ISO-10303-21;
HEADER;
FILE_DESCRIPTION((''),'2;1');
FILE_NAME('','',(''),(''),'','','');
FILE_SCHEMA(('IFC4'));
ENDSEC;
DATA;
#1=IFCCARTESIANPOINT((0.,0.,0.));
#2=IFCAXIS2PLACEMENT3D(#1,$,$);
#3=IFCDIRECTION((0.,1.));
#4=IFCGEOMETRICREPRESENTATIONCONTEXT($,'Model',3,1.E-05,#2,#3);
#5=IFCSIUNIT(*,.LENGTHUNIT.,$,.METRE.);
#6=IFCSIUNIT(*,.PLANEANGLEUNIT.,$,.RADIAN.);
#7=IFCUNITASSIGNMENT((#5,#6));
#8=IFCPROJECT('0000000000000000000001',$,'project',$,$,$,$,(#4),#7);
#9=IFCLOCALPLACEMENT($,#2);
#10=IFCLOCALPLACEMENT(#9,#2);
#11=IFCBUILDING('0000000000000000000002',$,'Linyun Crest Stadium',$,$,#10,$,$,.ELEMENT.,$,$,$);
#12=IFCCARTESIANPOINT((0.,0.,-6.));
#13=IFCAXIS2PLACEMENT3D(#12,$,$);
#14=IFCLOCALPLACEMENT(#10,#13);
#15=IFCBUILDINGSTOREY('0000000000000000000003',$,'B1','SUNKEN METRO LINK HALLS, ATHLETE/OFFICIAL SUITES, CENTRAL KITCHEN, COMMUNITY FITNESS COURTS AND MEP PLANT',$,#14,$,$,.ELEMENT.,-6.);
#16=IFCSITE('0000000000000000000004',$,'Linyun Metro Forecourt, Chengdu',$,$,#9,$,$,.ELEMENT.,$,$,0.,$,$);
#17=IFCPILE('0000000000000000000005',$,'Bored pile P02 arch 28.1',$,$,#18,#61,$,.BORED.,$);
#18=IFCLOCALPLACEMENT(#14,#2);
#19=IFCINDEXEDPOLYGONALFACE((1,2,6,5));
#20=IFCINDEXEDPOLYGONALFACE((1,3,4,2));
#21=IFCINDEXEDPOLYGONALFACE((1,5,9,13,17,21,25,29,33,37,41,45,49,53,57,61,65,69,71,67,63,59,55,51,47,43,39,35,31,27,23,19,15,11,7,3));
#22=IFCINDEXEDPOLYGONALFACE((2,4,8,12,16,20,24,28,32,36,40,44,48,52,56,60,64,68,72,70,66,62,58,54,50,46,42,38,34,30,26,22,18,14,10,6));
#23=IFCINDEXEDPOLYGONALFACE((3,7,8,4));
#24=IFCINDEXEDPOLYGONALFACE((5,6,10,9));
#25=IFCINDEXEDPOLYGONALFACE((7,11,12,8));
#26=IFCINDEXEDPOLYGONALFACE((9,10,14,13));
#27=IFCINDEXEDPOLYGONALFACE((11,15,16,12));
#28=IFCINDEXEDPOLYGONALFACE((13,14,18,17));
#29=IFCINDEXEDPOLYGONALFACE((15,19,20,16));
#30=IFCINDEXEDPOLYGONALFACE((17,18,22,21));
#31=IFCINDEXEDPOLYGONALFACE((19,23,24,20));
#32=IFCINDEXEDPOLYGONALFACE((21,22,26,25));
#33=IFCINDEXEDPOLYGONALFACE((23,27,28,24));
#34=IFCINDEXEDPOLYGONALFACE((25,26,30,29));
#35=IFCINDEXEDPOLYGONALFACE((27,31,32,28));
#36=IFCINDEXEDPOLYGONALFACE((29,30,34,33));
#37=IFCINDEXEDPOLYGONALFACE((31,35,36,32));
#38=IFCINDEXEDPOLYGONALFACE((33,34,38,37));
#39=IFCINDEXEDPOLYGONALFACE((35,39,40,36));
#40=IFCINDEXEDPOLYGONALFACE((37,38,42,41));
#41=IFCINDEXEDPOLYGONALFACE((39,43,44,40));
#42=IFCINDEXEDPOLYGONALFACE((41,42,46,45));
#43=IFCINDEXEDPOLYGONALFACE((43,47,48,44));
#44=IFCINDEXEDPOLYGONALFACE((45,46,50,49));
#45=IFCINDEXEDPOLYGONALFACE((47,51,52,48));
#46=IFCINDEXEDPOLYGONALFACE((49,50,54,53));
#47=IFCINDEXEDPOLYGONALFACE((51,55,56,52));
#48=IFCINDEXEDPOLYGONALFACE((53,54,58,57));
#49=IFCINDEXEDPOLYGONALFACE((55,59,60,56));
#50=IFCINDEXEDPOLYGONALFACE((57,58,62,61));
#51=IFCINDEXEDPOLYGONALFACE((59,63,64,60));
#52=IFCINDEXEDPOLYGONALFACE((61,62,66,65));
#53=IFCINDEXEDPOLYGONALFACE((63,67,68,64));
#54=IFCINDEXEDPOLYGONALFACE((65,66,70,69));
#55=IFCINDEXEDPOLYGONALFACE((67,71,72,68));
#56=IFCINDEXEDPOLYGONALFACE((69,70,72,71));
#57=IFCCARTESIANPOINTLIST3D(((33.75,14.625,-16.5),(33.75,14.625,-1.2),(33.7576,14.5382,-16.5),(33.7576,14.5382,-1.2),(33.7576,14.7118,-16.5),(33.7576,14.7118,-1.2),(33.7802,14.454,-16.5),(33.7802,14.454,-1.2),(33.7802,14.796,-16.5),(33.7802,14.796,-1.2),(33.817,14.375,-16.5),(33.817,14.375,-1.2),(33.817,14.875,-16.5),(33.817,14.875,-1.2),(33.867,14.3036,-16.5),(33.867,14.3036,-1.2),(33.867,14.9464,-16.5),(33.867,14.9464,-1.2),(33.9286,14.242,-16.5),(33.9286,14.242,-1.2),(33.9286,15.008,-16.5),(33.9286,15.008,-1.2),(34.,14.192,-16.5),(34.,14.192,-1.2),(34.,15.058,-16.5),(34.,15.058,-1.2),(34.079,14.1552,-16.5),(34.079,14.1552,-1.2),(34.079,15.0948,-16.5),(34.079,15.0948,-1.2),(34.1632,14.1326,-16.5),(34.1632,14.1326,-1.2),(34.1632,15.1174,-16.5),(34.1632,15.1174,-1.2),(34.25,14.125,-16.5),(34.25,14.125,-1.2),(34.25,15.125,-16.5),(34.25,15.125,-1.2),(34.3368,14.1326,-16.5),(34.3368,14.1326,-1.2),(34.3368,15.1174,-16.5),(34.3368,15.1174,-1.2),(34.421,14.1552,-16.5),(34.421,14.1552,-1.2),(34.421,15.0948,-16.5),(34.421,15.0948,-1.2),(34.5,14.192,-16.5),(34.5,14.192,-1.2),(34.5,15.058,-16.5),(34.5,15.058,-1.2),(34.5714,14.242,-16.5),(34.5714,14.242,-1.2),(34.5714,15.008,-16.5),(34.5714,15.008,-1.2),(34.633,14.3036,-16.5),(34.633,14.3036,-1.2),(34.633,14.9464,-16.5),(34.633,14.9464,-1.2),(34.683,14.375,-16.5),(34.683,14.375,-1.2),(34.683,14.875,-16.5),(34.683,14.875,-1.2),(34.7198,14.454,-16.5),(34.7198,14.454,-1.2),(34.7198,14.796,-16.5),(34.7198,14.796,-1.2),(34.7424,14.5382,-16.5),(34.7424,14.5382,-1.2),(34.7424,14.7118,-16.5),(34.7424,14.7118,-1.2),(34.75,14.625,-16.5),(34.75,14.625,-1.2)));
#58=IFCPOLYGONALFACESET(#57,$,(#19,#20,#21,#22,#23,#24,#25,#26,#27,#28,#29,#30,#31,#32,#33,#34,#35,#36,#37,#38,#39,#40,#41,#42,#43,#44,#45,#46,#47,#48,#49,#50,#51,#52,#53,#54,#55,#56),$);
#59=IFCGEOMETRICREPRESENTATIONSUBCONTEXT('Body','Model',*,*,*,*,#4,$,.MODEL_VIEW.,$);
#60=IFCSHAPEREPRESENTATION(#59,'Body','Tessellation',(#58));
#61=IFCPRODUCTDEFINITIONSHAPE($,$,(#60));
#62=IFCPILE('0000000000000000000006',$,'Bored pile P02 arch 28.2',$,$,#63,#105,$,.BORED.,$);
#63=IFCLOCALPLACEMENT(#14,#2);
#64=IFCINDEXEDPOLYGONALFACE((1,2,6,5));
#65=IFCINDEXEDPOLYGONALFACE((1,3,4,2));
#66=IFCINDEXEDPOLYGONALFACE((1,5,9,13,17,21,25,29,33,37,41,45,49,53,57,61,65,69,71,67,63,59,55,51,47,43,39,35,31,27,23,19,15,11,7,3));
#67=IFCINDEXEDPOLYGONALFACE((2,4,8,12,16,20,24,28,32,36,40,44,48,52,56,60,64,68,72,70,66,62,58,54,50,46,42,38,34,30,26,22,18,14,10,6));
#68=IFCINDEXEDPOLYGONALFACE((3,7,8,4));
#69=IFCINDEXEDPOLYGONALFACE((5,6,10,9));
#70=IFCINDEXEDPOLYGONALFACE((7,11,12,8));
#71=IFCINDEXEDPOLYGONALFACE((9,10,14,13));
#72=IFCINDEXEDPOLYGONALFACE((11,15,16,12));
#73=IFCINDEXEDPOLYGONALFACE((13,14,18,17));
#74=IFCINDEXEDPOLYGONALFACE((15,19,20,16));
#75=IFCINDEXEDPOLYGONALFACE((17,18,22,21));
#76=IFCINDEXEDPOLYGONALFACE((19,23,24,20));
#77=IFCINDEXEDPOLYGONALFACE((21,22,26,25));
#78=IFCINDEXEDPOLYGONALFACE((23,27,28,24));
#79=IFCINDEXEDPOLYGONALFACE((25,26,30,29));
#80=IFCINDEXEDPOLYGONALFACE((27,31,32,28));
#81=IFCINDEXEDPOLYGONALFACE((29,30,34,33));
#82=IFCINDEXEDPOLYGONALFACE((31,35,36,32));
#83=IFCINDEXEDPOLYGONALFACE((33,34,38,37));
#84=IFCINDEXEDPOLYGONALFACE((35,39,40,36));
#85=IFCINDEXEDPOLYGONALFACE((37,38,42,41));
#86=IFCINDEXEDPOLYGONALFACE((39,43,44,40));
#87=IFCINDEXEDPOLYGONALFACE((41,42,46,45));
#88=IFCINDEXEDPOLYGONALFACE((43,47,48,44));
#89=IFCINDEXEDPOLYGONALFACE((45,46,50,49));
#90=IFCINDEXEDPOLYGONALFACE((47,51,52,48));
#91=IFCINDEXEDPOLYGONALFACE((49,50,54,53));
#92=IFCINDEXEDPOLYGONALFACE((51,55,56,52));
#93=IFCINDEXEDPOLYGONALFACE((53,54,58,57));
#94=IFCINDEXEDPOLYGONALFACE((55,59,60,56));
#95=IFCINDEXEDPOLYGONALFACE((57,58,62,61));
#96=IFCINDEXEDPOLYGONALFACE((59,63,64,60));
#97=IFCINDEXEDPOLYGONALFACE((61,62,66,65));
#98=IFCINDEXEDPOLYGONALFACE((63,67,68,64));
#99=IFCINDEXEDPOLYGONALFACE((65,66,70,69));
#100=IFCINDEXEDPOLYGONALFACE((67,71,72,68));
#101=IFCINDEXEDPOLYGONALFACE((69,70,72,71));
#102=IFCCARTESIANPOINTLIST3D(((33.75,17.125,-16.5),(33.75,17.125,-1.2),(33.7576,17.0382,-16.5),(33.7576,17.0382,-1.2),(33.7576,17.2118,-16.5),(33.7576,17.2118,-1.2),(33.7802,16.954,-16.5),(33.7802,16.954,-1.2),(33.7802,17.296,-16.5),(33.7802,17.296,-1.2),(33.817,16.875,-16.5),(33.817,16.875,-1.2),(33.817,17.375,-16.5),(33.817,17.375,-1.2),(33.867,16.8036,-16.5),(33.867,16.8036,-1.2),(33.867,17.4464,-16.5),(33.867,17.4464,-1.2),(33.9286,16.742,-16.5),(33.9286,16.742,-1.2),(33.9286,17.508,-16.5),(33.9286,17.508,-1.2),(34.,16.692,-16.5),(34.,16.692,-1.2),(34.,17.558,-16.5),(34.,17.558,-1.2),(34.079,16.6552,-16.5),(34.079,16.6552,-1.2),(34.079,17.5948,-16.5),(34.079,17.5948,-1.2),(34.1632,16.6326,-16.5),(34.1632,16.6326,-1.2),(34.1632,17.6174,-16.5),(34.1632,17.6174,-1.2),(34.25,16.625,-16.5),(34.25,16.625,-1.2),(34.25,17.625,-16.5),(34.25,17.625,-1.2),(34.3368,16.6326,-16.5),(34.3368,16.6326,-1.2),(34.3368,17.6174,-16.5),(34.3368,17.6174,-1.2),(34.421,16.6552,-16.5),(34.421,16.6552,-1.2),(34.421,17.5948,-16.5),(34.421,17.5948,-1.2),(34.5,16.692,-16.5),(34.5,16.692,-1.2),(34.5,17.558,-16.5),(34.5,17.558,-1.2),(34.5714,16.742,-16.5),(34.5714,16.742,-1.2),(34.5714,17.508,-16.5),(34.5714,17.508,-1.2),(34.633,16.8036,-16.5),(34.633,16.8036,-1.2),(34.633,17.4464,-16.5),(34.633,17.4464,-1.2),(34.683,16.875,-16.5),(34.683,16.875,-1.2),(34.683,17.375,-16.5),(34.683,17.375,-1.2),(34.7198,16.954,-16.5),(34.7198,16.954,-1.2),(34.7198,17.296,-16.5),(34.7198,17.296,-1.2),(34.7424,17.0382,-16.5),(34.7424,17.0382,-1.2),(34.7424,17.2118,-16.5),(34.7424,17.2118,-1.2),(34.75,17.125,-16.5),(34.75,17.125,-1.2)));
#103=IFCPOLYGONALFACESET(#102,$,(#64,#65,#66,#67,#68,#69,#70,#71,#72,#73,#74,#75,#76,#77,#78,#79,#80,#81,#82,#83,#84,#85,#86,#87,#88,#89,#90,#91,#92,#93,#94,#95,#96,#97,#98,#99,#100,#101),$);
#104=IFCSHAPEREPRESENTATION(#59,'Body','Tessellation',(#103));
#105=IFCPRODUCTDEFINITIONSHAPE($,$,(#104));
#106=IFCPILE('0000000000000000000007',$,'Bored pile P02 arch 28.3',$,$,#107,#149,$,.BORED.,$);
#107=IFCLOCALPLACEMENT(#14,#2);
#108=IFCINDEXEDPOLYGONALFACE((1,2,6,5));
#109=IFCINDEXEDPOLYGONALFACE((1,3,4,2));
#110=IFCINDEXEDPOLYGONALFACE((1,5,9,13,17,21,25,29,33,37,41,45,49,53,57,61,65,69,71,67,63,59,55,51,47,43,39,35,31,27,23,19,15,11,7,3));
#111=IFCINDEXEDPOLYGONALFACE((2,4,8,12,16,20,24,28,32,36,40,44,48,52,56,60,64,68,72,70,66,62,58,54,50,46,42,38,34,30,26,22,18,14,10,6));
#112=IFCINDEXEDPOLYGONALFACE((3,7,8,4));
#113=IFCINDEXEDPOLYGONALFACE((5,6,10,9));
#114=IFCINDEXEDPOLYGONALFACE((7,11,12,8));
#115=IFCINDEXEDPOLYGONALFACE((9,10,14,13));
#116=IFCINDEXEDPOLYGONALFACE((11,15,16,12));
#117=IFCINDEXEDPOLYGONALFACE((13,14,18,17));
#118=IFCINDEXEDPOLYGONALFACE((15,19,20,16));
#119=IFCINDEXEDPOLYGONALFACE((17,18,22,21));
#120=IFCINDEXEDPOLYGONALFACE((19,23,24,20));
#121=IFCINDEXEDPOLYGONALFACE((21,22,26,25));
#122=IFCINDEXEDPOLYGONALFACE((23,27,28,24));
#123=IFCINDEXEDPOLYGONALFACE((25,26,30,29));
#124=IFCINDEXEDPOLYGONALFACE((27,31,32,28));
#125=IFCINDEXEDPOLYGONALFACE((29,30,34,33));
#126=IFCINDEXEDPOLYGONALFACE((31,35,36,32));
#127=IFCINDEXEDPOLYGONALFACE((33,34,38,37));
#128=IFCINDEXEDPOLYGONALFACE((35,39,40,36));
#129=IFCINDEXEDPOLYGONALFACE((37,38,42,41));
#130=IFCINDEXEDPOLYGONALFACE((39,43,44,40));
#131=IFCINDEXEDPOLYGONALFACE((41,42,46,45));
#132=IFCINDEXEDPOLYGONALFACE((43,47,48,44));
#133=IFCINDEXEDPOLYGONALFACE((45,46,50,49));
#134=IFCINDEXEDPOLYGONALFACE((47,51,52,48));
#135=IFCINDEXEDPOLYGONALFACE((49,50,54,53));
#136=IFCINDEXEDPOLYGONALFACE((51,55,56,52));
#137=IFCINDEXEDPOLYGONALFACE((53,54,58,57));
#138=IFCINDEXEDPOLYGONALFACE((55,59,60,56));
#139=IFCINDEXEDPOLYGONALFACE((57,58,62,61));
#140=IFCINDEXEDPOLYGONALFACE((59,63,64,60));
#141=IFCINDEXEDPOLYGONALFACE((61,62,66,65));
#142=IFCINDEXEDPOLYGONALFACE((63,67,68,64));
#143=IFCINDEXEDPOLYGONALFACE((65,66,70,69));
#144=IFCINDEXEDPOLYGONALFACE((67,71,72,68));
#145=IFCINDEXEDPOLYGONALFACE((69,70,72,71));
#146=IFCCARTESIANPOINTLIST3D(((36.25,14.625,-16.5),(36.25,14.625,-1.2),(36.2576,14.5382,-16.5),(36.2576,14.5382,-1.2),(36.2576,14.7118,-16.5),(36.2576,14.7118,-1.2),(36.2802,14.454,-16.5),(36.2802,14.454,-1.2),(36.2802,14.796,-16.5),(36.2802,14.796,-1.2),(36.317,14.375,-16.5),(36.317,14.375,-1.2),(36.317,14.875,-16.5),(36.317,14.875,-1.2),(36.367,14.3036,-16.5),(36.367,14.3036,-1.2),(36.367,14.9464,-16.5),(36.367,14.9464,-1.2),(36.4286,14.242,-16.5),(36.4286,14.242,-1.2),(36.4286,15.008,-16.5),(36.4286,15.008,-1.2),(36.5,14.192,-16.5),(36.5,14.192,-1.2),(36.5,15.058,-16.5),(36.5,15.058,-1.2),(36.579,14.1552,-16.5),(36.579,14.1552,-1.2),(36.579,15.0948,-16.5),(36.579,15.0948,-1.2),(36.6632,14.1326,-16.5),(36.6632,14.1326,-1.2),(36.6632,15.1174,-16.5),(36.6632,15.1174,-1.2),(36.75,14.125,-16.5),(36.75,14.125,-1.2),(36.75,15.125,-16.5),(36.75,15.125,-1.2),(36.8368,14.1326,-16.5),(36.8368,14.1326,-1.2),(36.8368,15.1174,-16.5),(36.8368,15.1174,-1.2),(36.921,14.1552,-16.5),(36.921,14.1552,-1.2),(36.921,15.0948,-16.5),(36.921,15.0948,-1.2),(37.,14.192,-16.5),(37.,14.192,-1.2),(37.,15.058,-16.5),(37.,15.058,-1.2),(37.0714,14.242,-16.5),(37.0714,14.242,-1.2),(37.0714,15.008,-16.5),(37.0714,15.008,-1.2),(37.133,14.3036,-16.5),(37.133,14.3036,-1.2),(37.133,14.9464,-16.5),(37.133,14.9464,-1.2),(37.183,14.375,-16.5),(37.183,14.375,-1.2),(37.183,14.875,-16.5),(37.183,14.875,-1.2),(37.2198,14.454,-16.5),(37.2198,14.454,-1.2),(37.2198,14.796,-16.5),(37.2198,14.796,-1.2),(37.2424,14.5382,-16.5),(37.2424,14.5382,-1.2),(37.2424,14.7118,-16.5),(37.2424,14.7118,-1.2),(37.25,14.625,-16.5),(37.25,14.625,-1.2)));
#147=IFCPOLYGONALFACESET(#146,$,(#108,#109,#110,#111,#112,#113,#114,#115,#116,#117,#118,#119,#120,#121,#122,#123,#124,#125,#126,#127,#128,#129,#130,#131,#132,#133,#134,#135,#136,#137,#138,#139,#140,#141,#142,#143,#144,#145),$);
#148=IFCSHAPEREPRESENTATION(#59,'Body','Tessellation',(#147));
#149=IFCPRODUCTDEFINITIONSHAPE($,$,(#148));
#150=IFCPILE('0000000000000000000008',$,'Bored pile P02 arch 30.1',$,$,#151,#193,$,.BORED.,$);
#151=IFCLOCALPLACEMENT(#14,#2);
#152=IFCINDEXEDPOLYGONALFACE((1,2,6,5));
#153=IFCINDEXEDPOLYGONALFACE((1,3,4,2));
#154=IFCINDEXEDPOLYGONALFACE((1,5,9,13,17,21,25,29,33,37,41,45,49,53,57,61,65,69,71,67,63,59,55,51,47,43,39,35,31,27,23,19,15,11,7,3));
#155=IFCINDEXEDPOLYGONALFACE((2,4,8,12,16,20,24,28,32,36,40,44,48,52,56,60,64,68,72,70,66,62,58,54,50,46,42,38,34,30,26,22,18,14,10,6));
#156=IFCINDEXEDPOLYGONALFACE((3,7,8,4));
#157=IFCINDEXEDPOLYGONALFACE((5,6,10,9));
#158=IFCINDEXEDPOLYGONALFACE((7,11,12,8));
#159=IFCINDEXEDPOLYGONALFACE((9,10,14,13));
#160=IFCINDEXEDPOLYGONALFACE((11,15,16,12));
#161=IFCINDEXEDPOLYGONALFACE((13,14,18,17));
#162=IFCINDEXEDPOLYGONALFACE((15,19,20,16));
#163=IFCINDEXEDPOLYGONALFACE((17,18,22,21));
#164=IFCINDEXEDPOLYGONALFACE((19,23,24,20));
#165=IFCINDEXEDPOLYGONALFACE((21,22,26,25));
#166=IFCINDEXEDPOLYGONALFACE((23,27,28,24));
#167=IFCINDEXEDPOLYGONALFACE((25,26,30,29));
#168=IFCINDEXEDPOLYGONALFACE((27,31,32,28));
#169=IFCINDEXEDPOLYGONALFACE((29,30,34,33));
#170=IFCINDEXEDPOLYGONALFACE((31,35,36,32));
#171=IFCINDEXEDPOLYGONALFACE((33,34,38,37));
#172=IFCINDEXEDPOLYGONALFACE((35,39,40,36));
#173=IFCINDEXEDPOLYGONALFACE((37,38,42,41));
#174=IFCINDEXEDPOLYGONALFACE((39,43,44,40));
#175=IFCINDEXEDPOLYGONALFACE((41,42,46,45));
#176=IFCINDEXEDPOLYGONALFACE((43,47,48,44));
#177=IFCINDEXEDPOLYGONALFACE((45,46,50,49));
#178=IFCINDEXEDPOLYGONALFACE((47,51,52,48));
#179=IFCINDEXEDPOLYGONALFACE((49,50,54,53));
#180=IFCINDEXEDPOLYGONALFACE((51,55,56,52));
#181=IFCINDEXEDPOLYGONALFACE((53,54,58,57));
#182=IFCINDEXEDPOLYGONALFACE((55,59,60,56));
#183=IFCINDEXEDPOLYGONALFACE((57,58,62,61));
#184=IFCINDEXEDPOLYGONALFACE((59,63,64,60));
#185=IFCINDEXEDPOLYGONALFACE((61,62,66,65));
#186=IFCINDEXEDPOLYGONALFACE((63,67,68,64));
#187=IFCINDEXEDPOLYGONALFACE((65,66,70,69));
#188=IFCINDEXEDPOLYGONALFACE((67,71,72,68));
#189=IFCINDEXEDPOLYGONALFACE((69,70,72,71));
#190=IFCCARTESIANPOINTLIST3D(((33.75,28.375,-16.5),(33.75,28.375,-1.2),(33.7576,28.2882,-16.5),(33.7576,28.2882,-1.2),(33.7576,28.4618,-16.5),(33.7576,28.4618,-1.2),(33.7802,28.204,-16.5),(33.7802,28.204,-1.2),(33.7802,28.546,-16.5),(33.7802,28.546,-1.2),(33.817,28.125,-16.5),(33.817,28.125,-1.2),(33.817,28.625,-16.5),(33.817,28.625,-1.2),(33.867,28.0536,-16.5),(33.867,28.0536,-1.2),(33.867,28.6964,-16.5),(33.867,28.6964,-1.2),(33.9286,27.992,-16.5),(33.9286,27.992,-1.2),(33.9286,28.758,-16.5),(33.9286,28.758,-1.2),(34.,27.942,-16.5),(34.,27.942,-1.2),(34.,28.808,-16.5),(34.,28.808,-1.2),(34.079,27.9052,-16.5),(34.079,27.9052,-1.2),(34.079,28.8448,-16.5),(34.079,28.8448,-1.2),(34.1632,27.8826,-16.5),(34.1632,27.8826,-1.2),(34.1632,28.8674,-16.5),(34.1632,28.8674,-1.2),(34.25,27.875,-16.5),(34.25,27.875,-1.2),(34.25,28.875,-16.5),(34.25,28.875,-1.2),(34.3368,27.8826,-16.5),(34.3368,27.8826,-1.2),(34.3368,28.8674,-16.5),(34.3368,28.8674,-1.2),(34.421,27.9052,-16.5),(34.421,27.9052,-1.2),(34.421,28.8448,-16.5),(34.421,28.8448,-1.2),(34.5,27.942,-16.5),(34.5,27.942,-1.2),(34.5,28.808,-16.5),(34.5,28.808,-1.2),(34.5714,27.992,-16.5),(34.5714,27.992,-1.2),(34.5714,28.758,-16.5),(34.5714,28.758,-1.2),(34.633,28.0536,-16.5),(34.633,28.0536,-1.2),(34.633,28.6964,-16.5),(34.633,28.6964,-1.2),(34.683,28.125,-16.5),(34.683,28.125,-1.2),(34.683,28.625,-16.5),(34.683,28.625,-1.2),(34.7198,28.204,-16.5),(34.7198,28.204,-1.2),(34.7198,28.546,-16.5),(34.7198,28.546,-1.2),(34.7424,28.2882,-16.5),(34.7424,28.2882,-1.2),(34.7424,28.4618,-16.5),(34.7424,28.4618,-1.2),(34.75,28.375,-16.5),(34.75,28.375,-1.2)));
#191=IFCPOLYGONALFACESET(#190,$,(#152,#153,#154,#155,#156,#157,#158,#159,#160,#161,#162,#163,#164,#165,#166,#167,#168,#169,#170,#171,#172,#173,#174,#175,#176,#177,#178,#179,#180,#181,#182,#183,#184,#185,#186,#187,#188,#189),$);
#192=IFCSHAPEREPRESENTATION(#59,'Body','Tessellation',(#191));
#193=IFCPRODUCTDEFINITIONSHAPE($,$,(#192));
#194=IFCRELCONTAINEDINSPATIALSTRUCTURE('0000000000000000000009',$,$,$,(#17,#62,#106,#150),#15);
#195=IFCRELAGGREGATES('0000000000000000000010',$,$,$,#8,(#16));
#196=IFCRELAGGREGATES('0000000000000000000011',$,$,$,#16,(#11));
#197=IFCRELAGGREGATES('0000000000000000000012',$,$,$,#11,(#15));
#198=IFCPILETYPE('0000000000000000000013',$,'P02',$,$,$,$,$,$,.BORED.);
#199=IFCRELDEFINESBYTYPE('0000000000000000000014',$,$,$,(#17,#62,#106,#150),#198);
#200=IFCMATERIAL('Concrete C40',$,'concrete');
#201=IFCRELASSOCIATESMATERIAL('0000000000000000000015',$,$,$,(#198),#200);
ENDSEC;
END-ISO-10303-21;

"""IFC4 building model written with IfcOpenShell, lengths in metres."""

from ifc_helpers import new_model, si_unit, direction, frame, origin, origin_2d, place, context, subcontext, project, spatial, circle, extrude, material, material_profile, profile_set, type_object, element, save


model = new_model("IFC4")

# Units and contexts
model_context = context("Model", 3, precision=1e-05, world=origin(), true_north=direction((0.0, 1.0)))
body_context = subcontext(model_context, "Body", "Model", "MODEL_VIEW")
ifc_project = project(units=[si_unit("LENGTHUNIT", "METRE"), si_unit("PLANEANGLEUNIT", "RADIAN")], contexts=[model_context])

# Site, building, storey
site_placement = place(None, origin())
site = spatial("IfcSite", under=ifc_project, at=site_placement, Name="Linyun Metro Forecourt, Chengdu", CompositionType="ELEMENT", RefElevation=0.0)
building_placement = place(site_placement, origin())
building = spatial("IfcBuilding", under=site, at=building_placement, Name="Linyun Crest Stadium", CompositionType="ELEMENT")
storey_placement = place(building_placement, frame((0.0, 0.0, -6.0)))
storey = spatial("IfcBuildingStorey", under=building, at=storey_placement, Name="B1", Description="SUNKEN METRO LINK HALLS, ATHLETE/OFFICIAL SUITES, CENTRAL KITCHEN, COMMUNITY FITNESS COURTS AND MEP PLANT", CompositionType="ELEMENT", Elevation=-6.0)

# Piles
ifc_material_1 = material(Name="Concrete C40", Category="concrete")
ifc_material_profile_1 = material_profile(ifc_material_1, circle(Radius=0.5, at=origin_2d()), Name="BORED PILE 1000")
ifc_profile_set_1 = profile_set([ifc_material_profile_1], Name="Concrete C40")
pile_type = type_object("IfcPileType", Name="P02", PredefinedType="BORED", material=ifc_profile_set_1)
for number, where, z_axis, x_axis, name in (
    (1, (34.25, 14.625, -1.2), (0.0, 0.0, -1.0), (1.0, 0.0, 0.0), "Bored pile P02 arch 28.1"),
    (2, (34.25, 17.125, -1.2), (0.0, 0.0, -1.0), (1.0, 0.0, 0.0), "Bored pile P02 arch 28.2"),
    (3, (36.75, 14.625, -1.2), (0.0, 0.0, -1.0), (1.0, 0.0, 0.0), "Bored pile P02 arch 28.3"),
    (4, (34.25, 28.375, -1.2), (0.0, 0.0, -1.0), (1.0, 0.0, 0.0), "Bored pile P02 arch 30.1"),
):
    element("IfcPile", number, at=place(storey_placement, frame(where, z_axis=z_axis, x_axis=x_axis)), inside=storey, type_object=pile_type, Name=name, PredefinedType="BORED", context=body_context, shape_type="SweptSolid", body=[
        extrude(circle(Radius=0.5, at=origin_2d()), origin(), (0.0, 0.0, 1.0), 15.3),
    ])

save(model, "model.ifc")
